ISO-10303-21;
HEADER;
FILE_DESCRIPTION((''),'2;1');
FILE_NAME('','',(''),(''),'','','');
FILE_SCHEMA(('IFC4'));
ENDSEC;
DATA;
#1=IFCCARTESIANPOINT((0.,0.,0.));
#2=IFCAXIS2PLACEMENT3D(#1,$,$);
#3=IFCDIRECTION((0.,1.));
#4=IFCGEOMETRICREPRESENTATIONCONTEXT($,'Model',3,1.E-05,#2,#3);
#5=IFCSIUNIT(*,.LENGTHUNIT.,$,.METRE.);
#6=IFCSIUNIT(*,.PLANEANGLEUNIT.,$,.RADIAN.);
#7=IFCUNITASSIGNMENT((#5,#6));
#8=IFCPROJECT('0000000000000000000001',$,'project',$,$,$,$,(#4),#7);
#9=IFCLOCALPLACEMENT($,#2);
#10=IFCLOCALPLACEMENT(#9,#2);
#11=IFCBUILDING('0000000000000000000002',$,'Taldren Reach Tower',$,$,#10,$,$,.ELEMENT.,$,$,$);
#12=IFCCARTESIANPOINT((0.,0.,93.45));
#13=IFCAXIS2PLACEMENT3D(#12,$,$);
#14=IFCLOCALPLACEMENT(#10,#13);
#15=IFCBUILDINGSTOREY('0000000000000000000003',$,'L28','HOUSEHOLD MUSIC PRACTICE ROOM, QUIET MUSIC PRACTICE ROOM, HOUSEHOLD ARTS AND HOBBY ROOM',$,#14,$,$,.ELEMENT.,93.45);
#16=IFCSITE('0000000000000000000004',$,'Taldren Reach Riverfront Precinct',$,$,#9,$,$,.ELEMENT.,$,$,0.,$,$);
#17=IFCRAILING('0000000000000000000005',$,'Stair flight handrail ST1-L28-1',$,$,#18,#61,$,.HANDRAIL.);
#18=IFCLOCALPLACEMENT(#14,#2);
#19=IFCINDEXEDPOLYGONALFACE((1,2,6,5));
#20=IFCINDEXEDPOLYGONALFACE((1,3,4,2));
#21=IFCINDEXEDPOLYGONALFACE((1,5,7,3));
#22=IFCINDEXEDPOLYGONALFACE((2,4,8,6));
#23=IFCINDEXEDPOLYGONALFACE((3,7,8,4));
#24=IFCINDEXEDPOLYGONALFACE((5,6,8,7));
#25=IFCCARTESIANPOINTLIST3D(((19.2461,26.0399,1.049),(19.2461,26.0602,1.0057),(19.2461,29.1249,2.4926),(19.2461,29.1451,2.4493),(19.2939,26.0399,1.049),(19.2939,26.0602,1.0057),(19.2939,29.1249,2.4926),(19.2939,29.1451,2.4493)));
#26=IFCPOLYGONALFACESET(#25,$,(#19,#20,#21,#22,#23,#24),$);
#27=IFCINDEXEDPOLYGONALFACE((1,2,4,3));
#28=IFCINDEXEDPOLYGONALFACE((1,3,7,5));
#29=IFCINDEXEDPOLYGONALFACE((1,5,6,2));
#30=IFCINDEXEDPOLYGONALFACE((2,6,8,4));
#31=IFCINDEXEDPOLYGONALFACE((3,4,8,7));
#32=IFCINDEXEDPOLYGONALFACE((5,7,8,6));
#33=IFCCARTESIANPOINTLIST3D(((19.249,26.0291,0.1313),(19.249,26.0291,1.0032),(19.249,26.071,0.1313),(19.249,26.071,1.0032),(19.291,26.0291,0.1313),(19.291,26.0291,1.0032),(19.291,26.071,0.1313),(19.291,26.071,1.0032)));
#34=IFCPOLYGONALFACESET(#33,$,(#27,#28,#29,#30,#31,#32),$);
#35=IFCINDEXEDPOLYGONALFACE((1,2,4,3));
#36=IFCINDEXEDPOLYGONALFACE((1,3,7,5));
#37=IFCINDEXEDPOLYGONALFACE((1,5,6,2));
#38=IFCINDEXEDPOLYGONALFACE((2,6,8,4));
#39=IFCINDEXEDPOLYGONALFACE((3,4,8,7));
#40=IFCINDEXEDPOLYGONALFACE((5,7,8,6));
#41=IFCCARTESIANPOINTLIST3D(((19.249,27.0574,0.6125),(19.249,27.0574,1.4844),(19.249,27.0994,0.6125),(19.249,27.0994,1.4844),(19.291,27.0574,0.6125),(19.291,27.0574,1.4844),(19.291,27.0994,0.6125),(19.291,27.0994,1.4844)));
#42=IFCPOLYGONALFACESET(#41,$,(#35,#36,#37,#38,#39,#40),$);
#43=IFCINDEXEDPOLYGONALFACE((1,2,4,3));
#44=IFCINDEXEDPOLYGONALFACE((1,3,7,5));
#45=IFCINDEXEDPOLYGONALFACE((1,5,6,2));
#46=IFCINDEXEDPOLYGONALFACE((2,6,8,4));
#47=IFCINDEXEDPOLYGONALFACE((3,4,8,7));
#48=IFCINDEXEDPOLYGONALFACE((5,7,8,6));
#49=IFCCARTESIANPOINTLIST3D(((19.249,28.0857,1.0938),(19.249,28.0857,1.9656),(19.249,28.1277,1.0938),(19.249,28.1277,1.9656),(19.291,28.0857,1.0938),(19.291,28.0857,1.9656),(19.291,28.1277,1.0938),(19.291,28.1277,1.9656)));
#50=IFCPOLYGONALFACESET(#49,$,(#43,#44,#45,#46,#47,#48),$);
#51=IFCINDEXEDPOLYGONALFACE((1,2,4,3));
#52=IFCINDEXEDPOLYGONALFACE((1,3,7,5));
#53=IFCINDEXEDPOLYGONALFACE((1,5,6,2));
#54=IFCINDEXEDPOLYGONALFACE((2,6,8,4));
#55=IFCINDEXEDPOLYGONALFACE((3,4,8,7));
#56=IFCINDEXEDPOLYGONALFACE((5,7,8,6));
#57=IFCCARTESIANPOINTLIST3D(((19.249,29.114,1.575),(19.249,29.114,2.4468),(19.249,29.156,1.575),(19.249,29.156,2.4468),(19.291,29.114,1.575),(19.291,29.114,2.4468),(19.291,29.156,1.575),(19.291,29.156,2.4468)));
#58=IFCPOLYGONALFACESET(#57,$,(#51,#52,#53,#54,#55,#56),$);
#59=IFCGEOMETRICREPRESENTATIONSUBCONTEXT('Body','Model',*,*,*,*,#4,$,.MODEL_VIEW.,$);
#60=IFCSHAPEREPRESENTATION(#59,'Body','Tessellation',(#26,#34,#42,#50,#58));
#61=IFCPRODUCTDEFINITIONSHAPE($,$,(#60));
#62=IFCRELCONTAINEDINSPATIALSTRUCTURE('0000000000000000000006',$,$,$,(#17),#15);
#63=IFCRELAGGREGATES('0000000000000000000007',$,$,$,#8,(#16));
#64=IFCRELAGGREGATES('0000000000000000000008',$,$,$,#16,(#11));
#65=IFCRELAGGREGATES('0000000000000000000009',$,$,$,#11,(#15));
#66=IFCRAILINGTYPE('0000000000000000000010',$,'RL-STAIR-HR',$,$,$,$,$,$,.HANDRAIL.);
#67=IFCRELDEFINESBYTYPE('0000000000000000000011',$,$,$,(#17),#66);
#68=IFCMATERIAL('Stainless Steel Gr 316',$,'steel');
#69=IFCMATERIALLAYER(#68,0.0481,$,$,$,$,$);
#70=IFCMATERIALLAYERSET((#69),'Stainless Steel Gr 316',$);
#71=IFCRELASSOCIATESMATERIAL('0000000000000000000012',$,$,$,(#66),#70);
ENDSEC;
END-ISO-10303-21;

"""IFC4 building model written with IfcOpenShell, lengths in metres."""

from ifc_helpers import new_model, si_unit, direction, frame, origin, origin_2d, place, context, subcontext, project, spatial, rectangle, extrude, material, layer, layer_set, type_object, element, save


model = new_model("IFC4")

# Units and contexts
model_context = context("Model", 3, precision=1e-05, world=origin(), true_north=direction((0.0, 1.0)))
body_context = subcontext(model_context, "Body", "Model", "MODEL_VIEW")
ifc_project = project(units=[si_unit("LENGTHUNIT", "METRE"), si_unit("PLANEANGLEUNIT", "RADIAN")], contexts=[model_context])

# Site, building, storey
site_placement = place(None, origin())
site = spatial("IfcSite", under=ifc_project, at=site_placement, Name="Taldren Reach Riverfront Precinct", CompositionType="ELEMENT", RefElevation=0.0)
building_placement = place(site_placement, origin())
building = spatial("IfcBuilding", under=site, at=building_placement, Name="Taldren Reach Tower", CompositionType="ELEMENT")
storey_placement = place(building_placement, frame((0.0, 0.0, 93.45)))
storey = spatial("IfcBuildingStorey", under=building, at=storey_placement, Name="L28", Description="HOUSEHOLD MUSIC PRACTICE ROOM, QUIET MUSIC PRACTICE ROOM, HOUSEHOLD ARTS AND HOBBY ROOM", CompositionType="ELEMENT", Elevation=93.45)

# Railing
ifc_material_1 = material(Name="Stainless Steel Gr 316", Category="steel")
ifc_layer_1 = layer(ifc_material_1, 0.0481)
ifc_layer_set_1 = layer_set([ifc_layer_1], Name="Stainless Steel Gr 316")
railing_type_1 = type_object("IfcRailingType", Name="RL-STAIR-HR", PredefinedType="HANDRAIL", material=ifc_layer_set_1)
railing_1_placement = place(storey_placement, frame((19.27, 26.05, 0.1313)))
element("IfcRailing", 1, at=railing_1_placement, inside=storey, type_object=railing_type_1, Name="Stair flight handrail ST1-L28-1", PredefinedType="HANDRAIL", context=body_context, shape_type="SweptSolid", body=[
    extrude(rectangle(XDim=0.0479, YDim=0.0479, at=origin_2d()), frame((0.0, 0.0, 0.896), z_axis=(0.0, 0.905738, 0.423839), x_axis=(-1.0, 0.0, 0.0)), (0.0, 0.0, 1.0), 3.406),
    extrude(rectangle(XDim=0.042, YDim=0.042, at=origin_2d()), origin(), (0.0, 0.0, 1.0), 0.8718),
    extrude(rectangle(XDim=0.042, YDim=0.042, at=origin_2d()), frame((0.0, 1.0283, 0.4812)), (0.0, 0.0, 1.0), 0.8718),
    extrude(rectangle(XDim=0.042, YDim=0.042, at=origin_2d()), frame((0.0, 2.0566, 0.9624)), (0.0, 0.0, 1.0), 0.8718),
    extrude(rectangle(XDim=0.042, YDim=0.042, at=origin_2d()), frame((0.0, 3.085, 1.4436)), (0.0, 0.0, 1.0), 0.8718),
])

save(model, "model.ifc")
